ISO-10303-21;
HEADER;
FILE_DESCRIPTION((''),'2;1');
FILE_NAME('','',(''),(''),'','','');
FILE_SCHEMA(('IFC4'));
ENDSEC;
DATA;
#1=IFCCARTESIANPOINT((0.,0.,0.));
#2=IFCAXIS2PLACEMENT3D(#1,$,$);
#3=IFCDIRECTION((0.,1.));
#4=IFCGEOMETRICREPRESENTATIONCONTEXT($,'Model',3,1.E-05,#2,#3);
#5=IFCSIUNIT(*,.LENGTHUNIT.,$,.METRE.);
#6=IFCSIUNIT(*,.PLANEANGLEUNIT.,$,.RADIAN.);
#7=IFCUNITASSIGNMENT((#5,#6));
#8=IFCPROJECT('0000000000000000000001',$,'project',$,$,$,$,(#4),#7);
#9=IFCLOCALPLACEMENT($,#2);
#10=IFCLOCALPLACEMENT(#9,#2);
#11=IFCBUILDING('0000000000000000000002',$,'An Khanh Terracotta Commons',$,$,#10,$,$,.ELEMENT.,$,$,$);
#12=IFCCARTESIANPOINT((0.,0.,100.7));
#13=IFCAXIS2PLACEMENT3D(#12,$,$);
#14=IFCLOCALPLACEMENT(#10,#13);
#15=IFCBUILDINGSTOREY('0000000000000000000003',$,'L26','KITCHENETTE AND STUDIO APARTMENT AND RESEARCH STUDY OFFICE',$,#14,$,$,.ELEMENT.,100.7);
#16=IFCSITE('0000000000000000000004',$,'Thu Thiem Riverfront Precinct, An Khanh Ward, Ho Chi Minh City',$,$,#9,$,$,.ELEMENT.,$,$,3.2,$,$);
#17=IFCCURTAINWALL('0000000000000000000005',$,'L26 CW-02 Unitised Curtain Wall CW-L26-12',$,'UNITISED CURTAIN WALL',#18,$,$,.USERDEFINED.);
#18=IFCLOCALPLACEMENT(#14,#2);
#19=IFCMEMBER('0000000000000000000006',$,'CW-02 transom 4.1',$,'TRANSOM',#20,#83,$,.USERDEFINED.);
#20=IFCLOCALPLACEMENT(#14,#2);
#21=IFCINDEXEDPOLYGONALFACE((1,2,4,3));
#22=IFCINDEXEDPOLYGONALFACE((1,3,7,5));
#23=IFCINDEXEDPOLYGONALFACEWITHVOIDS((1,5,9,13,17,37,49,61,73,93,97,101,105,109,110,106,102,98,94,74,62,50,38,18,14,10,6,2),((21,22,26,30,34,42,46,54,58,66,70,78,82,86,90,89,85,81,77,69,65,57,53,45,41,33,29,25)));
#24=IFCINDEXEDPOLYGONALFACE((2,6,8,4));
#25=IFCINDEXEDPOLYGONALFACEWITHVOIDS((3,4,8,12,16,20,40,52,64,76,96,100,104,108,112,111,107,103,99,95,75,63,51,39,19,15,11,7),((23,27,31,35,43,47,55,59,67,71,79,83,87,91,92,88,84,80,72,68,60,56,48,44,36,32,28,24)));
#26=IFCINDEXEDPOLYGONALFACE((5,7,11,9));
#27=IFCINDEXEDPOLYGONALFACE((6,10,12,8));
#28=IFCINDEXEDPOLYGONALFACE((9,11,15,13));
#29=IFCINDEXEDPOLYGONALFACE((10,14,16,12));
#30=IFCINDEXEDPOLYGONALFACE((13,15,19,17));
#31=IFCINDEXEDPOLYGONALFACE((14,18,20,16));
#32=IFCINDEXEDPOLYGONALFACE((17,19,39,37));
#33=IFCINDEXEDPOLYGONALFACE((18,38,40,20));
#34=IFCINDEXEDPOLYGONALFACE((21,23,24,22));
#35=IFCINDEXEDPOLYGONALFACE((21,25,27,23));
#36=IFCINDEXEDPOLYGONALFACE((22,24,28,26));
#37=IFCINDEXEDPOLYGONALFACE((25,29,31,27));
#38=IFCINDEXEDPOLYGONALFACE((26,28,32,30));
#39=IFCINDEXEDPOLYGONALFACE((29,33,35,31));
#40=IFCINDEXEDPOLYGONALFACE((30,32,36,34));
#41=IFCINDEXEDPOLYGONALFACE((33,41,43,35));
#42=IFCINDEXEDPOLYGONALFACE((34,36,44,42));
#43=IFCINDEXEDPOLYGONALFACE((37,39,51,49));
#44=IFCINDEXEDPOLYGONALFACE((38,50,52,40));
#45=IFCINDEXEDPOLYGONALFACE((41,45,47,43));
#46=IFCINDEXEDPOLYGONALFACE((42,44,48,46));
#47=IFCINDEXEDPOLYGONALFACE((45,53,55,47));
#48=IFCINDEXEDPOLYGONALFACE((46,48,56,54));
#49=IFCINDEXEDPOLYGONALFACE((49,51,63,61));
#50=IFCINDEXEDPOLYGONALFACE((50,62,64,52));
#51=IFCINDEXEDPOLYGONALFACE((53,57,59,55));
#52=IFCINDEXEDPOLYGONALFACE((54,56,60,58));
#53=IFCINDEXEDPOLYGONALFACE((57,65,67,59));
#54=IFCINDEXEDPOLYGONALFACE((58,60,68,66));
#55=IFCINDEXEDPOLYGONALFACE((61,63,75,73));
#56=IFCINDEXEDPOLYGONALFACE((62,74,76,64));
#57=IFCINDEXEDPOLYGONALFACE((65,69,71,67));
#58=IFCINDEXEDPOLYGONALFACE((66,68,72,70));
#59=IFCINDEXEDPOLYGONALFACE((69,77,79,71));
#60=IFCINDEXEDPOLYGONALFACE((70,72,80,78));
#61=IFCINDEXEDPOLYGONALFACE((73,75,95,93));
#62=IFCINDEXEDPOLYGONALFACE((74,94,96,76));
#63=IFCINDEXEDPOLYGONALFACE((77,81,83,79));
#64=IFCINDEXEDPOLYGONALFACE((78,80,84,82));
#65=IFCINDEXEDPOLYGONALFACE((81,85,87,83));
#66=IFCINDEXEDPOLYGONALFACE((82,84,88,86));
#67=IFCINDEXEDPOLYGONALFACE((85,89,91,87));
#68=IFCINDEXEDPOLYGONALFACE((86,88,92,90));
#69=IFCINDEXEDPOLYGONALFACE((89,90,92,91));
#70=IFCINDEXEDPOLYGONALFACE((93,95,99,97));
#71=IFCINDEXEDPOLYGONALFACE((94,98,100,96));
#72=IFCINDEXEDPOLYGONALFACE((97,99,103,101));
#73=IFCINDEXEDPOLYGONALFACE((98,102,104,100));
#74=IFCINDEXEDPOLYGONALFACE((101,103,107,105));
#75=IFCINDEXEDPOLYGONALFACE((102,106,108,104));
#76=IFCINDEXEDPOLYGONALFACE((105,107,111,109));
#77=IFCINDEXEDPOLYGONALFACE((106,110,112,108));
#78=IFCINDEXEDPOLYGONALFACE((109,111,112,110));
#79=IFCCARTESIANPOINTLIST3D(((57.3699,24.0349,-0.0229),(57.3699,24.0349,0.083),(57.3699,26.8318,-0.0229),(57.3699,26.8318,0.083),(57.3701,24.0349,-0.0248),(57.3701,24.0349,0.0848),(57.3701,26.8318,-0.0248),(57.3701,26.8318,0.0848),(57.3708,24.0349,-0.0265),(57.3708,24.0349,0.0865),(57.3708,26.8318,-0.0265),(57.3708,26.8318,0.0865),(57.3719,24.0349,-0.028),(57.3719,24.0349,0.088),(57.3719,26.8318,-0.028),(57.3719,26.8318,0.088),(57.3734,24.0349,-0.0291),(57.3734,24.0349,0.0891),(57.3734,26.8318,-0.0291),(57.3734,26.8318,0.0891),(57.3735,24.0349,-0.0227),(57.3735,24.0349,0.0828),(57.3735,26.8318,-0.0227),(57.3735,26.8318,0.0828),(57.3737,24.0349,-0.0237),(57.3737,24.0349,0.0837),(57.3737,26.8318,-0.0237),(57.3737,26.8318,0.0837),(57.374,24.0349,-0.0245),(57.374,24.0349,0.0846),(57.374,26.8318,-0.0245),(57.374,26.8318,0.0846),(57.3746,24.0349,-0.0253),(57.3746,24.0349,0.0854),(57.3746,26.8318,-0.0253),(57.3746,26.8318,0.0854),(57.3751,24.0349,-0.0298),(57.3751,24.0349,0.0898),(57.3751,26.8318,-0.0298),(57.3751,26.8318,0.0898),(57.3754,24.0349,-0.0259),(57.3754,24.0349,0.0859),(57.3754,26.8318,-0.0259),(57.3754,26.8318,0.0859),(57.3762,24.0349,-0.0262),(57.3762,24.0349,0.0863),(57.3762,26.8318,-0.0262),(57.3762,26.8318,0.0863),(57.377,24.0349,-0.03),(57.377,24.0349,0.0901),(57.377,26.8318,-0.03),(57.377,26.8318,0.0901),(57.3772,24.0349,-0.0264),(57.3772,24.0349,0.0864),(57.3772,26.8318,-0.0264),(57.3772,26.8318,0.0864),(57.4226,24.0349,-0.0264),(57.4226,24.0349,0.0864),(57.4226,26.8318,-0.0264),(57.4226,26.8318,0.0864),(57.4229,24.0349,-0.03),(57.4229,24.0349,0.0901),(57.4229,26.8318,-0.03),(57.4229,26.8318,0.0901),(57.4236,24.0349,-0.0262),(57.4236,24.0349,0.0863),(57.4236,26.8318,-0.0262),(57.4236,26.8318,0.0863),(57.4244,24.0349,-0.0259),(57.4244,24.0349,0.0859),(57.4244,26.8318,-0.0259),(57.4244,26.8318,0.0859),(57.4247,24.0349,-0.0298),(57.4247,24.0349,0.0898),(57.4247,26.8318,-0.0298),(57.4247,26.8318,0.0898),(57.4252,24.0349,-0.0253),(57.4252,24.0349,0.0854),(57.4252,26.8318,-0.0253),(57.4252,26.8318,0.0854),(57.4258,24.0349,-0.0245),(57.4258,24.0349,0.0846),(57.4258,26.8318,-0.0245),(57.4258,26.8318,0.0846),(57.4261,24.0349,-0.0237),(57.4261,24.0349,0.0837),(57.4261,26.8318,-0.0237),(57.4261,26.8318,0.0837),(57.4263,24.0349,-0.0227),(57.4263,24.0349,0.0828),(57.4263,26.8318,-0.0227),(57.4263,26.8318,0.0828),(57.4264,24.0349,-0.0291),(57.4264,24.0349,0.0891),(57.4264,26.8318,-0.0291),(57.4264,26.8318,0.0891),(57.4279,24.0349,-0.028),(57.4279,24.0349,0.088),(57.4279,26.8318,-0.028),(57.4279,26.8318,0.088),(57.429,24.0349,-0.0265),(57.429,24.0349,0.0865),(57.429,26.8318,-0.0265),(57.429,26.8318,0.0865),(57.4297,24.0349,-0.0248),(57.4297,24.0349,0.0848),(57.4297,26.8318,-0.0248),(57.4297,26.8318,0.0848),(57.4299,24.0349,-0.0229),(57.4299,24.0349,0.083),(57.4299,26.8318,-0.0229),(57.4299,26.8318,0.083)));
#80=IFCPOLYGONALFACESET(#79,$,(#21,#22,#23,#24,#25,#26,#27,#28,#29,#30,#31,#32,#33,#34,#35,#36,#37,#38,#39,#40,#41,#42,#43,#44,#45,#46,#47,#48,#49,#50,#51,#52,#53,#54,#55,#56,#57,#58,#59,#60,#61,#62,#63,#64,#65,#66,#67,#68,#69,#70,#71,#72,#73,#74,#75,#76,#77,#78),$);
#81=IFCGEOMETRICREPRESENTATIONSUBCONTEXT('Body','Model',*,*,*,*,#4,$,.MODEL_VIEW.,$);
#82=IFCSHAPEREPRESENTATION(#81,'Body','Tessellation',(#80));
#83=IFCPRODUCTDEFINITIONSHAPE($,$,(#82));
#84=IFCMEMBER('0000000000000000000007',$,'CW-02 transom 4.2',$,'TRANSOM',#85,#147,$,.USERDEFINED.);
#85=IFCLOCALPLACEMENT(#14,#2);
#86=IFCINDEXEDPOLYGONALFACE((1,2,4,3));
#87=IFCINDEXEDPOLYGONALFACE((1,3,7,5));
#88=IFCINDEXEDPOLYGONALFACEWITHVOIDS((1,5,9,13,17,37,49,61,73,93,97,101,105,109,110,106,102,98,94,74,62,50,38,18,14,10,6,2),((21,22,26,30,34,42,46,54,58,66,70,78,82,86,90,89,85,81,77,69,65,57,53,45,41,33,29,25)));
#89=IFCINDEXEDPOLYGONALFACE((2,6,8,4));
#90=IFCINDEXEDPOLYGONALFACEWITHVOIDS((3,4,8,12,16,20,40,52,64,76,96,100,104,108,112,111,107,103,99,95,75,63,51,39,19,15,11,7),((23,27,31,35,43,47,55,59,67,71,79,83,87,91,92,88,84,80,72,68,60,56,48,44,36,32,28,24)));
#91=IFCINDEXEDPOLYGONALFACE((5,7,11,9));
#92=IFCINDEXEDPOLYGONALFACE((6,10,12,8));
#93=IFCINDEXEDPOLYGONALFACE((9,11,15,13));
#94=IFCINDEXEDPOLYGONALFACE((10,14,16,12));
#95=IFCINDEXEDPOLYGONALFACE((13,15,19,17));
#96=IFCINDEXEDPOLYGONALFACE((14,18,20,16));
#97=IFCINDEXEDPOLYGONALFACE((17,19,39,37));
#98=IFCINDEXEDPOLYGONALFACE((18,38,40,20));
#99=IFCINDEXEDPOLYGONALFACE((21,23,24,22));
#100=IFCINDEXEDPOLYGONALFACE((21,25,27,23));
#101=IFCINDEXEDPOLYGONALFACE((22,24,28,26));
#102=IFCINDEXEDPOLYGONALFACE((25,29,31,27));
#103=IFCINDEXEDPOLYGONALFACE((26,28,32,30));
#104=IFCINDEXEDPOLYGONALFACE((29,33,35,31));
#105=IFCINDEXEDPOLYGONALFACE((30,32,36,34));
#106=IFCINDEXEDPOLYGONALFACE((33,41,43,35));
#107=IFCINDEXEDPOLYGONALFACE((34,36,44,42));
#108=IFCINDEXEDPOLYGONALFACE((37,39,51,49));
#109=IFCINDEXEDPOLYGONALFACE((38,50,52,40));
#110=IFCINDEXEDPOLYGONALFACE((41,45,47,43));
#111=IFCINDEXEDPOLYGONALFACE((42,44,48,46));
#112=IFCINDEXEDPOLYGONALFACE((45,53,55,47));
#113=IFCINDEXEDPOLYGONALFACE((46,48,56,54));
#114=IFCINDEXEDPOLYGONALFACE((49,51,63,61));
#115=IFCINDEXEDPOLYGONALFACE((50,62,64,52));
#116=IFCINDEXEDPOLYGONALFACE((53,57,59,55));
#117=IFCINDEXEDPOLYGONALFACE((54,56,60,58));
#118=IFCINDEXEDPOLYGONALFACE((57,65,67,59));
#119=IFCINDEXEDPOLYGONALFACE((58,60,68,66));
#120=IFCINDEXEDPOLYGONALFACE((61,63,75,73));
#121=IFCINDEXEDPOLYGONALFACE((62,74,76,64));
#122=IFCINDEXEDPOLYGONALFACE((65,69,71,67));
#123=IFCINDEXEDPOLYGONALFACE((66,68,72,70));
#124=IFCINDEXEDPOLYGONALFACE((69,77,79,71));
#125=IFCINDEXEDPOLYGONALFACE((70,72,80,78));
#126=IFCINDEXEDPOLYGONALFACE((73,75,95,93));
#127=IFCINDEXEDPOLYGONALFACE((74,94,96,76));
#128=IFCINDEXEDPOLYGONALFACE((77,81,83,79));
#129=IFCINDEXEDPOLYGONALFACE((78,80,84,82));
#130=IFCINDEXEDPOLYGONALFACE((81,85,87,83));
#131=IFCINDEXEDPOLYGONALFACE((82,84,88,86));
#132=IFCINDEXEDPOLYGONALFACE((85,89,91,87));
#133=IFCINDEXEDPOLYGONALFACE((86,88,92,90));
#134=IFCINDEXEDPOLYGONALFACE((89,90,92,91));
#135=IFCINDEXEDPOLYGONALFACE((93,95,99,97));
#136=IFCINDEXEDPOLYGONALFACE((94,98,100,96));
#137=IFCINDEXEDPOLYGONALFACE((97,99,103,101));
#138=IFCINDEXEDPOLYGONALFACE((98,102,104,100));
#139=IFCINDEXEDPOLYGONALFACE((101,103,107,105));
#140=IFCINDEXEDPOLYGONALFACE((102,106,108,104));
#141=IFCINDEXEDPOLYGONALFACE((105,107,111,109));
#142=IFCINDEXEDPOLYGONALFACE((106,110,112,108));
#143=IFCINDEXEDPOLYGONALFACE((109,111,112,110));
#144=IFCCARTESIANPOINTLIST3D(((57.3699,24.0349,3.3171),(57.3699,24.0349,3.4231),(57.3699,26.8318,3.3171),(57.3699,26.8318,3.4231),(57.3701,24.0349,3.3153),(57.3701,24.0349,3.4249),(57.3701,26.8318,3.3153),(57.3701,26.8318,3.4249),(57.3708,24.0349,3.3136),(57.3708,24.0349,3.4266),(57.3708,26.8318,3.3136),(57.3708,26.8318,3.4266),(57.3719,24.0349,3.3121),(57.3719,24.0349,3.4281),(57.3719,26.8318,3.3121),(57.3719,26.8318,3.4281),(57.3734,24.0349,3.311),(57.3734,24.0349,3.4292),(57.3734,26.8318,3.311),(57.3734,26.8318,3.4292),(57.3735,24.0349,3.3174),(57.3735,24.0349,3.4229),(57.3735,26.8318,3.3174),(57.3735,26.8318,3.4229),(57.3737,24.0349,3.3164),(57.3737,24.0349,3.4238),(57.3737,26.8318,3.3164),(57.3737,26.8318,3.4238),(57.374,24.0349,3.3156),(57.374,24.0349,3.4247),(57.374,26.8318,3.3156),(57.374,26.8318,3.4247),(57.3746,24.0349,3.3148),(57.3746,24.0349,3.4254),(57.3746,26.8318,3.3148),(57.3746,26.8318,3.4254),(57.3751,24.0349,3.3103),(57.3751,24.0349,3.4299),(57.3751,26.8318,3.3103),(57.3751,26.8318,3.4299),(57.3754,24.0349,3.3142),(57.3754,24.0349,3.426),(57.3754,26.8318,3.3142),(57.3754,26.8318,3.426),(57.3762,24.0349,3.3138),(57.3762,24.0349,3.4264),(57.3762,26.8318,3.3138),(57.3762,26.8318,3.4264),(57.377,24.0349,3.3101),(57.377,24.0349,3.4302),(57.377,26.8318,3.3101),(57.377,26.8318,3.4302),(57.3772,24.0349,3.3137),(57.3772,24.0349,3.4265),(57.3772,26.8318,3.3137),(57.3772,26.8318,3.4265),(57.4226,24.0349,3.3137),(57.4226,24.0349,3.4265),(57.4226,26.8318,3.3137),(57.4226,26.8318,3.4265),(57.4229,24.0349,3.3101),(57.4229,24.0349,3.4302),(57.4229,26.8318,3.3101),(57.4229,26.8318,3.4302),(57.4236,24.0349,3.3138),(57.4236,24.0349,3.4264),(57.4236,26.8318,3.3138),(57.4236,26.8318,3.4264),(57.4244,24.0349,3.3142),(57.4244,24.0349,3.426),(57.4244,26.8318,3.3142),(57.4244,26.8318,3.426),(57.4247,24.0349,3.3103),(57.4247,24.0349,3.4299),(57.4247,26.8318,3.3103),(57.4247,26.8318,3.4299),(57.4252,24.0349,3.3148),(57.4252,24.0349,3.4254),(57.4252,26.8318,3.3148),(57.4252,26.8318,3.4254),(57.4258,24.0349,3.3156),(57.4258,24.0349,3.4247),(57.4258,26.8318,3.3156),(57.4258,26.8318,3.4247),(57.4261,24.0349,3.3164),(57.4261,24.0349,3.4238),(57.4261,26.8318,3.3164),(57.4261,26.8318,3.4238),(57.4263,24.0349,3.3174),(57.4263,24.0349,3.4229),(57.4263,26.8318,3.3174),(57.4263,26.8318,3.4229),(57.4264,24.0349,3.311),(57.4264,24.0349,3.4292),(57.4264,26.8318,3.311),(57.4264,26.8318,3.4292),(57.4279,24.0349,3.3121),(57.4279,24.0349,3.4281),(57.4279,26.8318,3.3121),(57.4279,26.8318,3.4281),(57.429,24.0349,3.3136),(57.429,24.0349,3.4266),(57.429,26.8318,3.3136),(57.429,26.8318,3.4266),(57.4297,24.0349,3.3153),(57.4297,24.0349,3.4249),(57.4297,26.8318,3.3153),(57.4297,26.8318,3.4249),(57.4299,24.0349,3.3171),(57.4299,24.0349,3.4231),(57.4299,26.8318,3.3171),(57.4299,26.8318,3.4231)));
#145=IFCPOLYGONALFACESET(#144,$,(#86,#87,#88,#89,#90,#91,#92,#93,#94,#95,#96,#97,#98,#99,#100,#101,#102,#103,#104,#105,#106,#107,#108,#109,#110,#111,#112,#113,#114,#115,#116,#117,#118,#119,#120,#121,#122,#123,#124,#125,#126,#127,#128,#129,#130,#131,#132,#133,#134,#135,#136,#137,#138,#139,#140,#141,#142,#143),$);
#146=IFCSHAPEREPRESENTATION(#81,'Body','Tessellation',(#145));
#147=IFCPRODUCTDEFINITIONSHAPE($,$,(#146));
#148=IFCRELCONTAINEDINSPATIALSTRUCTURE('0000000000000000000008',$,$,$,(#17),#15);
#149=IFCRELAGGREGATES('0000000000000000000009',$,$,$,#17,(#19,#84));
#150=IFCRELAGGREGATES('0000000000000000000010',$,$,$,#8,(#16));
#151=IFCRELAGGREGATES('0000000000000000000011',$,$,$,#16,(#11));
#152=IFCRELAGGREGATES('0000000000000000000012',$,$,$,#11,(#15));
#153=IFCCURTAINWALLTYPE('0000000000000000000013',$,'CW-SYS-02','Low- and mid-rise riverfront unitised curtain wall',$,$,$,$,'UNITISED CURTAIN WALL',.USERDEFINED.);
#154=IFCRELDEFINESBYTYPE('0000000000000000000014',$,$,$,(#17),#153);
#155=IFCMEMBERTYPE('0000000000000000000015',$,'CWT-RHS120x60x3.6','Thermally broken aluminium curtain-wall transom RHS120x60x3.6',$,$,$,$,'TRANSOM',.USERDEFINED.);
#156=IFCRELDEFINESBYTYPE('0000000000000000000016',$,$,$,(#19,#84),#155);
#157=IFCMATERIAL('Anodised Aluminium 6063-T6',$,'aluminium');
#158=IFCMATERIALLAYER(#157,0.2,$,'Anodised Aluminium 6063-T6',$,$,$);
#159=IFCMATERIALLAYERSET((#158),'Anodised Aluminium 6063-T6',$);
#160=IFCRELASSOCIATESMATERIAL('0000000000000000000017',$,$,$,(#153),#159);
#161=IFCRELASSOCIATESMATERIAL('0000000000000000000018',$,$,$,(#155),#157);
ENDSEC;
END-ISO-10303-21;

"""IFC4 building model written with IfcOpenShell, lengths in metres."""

from ifc_helpers import new_model, si_unit, direction, frame, origin, origin_2d, place, context, subcontext, project, spatial, hollow_rectangle, extrude, material, layer, layer_set, material_profile, profile_set, type_object, element, aggregate, save


model = new_model("IFC4")

# Units and contexts
model_context = context("Model", 3, precision=1e-05, world=origin(), true_north=direction((0.0, 1.0)))
body_context = subcontext(model_context, "Body", "Model", "MODEL_VIEW")
ifc_project = project(units=[si_unit("LENGTHUNIT", "METRE"), si_unit("PLANEANGLEUNIT", "RADIAN")], contexts=[model_context])

# Site, building, storey
site_placement = place(None, origin())
site = spatial("IfcSite", under=ifc_project, at=site_placement, Name="Thu Thiem Riverfront Precinct, An Khanh Ward, Ho Chi Minh City", CompositionType="ELEMENT", RefElevation=3.2)
building_placement = place(site_placement, origin())
building = spatial("IfcBuilding", under=site, at=building_placement, Name="An Khanh Terracotta Commons", CompositionType="ELEMENT")
storey_placement = place(building_placement, frame((0.0, 0.0, 100.7)))
storey = spatial("IfcBuildingStorey", under=building, at=storey_placement, Name="L26", Description="KITCHENETTE AND STUDIO APARTMENT AND RESEARCH STUDY OFFICE", CompositionType="ELEMENT", Elevation=100.7)

# Curtain wall, members
ifc_material_1 = material(Name="Anodised Aluminium 6063-T6", Category="aluminium")
ifc_layer_1 = layer(ifc_material_1, 0.2, Name="Anodised Aluminium 6063-T6")
ifc_layer_set_1 = layer_set([ifc_layer_1], Name="Anodised Aluminium 6063-T6")
curtain_wall_type = type_object("IfcCurtainWallType", Name="CW-SYS-02", Description="Low- and mid-rise riverfront unitised curtain wall", ElementType="UNITISED CURTAIN WALL", PredefinedType="USERDEFINED", material=ifc_layer_set_1)
curtain_wall_placement = place(storey_placement, origin())
curtain_wall = element("IfcCurtainWall", 1, at=curtain_wall_placement, inside=storey, type_object=curtain_wall_type, Name="L26 CW-02 Unitised Curtain Wall CW-L26-12", ObjectType="UNITISED CURTAIN WALL", PredefinedType="USERDEFINED")
ifc_material_profile_1 = material_profile(ifc_material_1, hollow_rectangle(XDim=0.0601, YDim=0.1201, WallThickness=0.0037, InnerFilletRadius=0.0037, OuterFilletRadius=0.0071, at=origin_2d()), Name="RHS120x60x3.6")
ifc_profile_set_1 = profile_set([ifc_material_profile_1], Name="Anodised Aluminium 6063-T6")
member_type_1 = type_object("IfcMemberType", Name="CWT-RHS120x60x3.6", Description="Thermally broken aluminium curtain-wall transom RHS120x60x3.6", ElementType="TRANSOM", PredefinedType="USERDEFINED", material=ifc_profile_set_1)
member_1_placement = place(storey_placement, frame((57.3999, 24.0349, 0.03), z_axis=(0.0, 1.0, 0.0), x_axis=(-1.0, 0.0, 0.0)))
member_1 = element("IfcMember", 2, at=member_1_placement, type_object=member_type_1, Name="CW-02 transom 4.1", ObjectType="TRANSOM", PredefinedType="USERDEFINED", context=body_context, shape_type="SweptSolid", body=[
    extrude(hollow_rectangle(XDim=0.0601, YDim=0.1201, WallThickness=0.0037, InnerFilletRadius=0.0037, OuterFilletRadius=0.0071, at=origin_2d()), origin(), (0.0, 0.0, 1.0), 2.7969),
])
member_2_placement = place(storey_placement, frame((57.3999, 24.0349, 3.3701), z_axis=(0.0, 1.0, 0.0), x_axis=(-1.0, 0.0, 0.0)))
member_2 = element("IfcMember", 3, at=member_2_placement, type_object=member_type_1, Name="CW-02 transom 4.2", ObjectType="TRANSOM", PredefinedType="USERDEFINED", context=body_context, shape_type="SweptSolid", body=[
    extrude(hollow_rectangle(XDim=0.0601, YDim=0.1201, WallThickness=0.0037, InnerFilletRadius=0.0037, OuterFilletRadius=0.0071, at=origin_2d()), origin(), (0.0, 0.0, 1.0), 2.7969),
])
aggregate(curtain_wall, [member_1, member_2])

save(model, "model.ifc")
